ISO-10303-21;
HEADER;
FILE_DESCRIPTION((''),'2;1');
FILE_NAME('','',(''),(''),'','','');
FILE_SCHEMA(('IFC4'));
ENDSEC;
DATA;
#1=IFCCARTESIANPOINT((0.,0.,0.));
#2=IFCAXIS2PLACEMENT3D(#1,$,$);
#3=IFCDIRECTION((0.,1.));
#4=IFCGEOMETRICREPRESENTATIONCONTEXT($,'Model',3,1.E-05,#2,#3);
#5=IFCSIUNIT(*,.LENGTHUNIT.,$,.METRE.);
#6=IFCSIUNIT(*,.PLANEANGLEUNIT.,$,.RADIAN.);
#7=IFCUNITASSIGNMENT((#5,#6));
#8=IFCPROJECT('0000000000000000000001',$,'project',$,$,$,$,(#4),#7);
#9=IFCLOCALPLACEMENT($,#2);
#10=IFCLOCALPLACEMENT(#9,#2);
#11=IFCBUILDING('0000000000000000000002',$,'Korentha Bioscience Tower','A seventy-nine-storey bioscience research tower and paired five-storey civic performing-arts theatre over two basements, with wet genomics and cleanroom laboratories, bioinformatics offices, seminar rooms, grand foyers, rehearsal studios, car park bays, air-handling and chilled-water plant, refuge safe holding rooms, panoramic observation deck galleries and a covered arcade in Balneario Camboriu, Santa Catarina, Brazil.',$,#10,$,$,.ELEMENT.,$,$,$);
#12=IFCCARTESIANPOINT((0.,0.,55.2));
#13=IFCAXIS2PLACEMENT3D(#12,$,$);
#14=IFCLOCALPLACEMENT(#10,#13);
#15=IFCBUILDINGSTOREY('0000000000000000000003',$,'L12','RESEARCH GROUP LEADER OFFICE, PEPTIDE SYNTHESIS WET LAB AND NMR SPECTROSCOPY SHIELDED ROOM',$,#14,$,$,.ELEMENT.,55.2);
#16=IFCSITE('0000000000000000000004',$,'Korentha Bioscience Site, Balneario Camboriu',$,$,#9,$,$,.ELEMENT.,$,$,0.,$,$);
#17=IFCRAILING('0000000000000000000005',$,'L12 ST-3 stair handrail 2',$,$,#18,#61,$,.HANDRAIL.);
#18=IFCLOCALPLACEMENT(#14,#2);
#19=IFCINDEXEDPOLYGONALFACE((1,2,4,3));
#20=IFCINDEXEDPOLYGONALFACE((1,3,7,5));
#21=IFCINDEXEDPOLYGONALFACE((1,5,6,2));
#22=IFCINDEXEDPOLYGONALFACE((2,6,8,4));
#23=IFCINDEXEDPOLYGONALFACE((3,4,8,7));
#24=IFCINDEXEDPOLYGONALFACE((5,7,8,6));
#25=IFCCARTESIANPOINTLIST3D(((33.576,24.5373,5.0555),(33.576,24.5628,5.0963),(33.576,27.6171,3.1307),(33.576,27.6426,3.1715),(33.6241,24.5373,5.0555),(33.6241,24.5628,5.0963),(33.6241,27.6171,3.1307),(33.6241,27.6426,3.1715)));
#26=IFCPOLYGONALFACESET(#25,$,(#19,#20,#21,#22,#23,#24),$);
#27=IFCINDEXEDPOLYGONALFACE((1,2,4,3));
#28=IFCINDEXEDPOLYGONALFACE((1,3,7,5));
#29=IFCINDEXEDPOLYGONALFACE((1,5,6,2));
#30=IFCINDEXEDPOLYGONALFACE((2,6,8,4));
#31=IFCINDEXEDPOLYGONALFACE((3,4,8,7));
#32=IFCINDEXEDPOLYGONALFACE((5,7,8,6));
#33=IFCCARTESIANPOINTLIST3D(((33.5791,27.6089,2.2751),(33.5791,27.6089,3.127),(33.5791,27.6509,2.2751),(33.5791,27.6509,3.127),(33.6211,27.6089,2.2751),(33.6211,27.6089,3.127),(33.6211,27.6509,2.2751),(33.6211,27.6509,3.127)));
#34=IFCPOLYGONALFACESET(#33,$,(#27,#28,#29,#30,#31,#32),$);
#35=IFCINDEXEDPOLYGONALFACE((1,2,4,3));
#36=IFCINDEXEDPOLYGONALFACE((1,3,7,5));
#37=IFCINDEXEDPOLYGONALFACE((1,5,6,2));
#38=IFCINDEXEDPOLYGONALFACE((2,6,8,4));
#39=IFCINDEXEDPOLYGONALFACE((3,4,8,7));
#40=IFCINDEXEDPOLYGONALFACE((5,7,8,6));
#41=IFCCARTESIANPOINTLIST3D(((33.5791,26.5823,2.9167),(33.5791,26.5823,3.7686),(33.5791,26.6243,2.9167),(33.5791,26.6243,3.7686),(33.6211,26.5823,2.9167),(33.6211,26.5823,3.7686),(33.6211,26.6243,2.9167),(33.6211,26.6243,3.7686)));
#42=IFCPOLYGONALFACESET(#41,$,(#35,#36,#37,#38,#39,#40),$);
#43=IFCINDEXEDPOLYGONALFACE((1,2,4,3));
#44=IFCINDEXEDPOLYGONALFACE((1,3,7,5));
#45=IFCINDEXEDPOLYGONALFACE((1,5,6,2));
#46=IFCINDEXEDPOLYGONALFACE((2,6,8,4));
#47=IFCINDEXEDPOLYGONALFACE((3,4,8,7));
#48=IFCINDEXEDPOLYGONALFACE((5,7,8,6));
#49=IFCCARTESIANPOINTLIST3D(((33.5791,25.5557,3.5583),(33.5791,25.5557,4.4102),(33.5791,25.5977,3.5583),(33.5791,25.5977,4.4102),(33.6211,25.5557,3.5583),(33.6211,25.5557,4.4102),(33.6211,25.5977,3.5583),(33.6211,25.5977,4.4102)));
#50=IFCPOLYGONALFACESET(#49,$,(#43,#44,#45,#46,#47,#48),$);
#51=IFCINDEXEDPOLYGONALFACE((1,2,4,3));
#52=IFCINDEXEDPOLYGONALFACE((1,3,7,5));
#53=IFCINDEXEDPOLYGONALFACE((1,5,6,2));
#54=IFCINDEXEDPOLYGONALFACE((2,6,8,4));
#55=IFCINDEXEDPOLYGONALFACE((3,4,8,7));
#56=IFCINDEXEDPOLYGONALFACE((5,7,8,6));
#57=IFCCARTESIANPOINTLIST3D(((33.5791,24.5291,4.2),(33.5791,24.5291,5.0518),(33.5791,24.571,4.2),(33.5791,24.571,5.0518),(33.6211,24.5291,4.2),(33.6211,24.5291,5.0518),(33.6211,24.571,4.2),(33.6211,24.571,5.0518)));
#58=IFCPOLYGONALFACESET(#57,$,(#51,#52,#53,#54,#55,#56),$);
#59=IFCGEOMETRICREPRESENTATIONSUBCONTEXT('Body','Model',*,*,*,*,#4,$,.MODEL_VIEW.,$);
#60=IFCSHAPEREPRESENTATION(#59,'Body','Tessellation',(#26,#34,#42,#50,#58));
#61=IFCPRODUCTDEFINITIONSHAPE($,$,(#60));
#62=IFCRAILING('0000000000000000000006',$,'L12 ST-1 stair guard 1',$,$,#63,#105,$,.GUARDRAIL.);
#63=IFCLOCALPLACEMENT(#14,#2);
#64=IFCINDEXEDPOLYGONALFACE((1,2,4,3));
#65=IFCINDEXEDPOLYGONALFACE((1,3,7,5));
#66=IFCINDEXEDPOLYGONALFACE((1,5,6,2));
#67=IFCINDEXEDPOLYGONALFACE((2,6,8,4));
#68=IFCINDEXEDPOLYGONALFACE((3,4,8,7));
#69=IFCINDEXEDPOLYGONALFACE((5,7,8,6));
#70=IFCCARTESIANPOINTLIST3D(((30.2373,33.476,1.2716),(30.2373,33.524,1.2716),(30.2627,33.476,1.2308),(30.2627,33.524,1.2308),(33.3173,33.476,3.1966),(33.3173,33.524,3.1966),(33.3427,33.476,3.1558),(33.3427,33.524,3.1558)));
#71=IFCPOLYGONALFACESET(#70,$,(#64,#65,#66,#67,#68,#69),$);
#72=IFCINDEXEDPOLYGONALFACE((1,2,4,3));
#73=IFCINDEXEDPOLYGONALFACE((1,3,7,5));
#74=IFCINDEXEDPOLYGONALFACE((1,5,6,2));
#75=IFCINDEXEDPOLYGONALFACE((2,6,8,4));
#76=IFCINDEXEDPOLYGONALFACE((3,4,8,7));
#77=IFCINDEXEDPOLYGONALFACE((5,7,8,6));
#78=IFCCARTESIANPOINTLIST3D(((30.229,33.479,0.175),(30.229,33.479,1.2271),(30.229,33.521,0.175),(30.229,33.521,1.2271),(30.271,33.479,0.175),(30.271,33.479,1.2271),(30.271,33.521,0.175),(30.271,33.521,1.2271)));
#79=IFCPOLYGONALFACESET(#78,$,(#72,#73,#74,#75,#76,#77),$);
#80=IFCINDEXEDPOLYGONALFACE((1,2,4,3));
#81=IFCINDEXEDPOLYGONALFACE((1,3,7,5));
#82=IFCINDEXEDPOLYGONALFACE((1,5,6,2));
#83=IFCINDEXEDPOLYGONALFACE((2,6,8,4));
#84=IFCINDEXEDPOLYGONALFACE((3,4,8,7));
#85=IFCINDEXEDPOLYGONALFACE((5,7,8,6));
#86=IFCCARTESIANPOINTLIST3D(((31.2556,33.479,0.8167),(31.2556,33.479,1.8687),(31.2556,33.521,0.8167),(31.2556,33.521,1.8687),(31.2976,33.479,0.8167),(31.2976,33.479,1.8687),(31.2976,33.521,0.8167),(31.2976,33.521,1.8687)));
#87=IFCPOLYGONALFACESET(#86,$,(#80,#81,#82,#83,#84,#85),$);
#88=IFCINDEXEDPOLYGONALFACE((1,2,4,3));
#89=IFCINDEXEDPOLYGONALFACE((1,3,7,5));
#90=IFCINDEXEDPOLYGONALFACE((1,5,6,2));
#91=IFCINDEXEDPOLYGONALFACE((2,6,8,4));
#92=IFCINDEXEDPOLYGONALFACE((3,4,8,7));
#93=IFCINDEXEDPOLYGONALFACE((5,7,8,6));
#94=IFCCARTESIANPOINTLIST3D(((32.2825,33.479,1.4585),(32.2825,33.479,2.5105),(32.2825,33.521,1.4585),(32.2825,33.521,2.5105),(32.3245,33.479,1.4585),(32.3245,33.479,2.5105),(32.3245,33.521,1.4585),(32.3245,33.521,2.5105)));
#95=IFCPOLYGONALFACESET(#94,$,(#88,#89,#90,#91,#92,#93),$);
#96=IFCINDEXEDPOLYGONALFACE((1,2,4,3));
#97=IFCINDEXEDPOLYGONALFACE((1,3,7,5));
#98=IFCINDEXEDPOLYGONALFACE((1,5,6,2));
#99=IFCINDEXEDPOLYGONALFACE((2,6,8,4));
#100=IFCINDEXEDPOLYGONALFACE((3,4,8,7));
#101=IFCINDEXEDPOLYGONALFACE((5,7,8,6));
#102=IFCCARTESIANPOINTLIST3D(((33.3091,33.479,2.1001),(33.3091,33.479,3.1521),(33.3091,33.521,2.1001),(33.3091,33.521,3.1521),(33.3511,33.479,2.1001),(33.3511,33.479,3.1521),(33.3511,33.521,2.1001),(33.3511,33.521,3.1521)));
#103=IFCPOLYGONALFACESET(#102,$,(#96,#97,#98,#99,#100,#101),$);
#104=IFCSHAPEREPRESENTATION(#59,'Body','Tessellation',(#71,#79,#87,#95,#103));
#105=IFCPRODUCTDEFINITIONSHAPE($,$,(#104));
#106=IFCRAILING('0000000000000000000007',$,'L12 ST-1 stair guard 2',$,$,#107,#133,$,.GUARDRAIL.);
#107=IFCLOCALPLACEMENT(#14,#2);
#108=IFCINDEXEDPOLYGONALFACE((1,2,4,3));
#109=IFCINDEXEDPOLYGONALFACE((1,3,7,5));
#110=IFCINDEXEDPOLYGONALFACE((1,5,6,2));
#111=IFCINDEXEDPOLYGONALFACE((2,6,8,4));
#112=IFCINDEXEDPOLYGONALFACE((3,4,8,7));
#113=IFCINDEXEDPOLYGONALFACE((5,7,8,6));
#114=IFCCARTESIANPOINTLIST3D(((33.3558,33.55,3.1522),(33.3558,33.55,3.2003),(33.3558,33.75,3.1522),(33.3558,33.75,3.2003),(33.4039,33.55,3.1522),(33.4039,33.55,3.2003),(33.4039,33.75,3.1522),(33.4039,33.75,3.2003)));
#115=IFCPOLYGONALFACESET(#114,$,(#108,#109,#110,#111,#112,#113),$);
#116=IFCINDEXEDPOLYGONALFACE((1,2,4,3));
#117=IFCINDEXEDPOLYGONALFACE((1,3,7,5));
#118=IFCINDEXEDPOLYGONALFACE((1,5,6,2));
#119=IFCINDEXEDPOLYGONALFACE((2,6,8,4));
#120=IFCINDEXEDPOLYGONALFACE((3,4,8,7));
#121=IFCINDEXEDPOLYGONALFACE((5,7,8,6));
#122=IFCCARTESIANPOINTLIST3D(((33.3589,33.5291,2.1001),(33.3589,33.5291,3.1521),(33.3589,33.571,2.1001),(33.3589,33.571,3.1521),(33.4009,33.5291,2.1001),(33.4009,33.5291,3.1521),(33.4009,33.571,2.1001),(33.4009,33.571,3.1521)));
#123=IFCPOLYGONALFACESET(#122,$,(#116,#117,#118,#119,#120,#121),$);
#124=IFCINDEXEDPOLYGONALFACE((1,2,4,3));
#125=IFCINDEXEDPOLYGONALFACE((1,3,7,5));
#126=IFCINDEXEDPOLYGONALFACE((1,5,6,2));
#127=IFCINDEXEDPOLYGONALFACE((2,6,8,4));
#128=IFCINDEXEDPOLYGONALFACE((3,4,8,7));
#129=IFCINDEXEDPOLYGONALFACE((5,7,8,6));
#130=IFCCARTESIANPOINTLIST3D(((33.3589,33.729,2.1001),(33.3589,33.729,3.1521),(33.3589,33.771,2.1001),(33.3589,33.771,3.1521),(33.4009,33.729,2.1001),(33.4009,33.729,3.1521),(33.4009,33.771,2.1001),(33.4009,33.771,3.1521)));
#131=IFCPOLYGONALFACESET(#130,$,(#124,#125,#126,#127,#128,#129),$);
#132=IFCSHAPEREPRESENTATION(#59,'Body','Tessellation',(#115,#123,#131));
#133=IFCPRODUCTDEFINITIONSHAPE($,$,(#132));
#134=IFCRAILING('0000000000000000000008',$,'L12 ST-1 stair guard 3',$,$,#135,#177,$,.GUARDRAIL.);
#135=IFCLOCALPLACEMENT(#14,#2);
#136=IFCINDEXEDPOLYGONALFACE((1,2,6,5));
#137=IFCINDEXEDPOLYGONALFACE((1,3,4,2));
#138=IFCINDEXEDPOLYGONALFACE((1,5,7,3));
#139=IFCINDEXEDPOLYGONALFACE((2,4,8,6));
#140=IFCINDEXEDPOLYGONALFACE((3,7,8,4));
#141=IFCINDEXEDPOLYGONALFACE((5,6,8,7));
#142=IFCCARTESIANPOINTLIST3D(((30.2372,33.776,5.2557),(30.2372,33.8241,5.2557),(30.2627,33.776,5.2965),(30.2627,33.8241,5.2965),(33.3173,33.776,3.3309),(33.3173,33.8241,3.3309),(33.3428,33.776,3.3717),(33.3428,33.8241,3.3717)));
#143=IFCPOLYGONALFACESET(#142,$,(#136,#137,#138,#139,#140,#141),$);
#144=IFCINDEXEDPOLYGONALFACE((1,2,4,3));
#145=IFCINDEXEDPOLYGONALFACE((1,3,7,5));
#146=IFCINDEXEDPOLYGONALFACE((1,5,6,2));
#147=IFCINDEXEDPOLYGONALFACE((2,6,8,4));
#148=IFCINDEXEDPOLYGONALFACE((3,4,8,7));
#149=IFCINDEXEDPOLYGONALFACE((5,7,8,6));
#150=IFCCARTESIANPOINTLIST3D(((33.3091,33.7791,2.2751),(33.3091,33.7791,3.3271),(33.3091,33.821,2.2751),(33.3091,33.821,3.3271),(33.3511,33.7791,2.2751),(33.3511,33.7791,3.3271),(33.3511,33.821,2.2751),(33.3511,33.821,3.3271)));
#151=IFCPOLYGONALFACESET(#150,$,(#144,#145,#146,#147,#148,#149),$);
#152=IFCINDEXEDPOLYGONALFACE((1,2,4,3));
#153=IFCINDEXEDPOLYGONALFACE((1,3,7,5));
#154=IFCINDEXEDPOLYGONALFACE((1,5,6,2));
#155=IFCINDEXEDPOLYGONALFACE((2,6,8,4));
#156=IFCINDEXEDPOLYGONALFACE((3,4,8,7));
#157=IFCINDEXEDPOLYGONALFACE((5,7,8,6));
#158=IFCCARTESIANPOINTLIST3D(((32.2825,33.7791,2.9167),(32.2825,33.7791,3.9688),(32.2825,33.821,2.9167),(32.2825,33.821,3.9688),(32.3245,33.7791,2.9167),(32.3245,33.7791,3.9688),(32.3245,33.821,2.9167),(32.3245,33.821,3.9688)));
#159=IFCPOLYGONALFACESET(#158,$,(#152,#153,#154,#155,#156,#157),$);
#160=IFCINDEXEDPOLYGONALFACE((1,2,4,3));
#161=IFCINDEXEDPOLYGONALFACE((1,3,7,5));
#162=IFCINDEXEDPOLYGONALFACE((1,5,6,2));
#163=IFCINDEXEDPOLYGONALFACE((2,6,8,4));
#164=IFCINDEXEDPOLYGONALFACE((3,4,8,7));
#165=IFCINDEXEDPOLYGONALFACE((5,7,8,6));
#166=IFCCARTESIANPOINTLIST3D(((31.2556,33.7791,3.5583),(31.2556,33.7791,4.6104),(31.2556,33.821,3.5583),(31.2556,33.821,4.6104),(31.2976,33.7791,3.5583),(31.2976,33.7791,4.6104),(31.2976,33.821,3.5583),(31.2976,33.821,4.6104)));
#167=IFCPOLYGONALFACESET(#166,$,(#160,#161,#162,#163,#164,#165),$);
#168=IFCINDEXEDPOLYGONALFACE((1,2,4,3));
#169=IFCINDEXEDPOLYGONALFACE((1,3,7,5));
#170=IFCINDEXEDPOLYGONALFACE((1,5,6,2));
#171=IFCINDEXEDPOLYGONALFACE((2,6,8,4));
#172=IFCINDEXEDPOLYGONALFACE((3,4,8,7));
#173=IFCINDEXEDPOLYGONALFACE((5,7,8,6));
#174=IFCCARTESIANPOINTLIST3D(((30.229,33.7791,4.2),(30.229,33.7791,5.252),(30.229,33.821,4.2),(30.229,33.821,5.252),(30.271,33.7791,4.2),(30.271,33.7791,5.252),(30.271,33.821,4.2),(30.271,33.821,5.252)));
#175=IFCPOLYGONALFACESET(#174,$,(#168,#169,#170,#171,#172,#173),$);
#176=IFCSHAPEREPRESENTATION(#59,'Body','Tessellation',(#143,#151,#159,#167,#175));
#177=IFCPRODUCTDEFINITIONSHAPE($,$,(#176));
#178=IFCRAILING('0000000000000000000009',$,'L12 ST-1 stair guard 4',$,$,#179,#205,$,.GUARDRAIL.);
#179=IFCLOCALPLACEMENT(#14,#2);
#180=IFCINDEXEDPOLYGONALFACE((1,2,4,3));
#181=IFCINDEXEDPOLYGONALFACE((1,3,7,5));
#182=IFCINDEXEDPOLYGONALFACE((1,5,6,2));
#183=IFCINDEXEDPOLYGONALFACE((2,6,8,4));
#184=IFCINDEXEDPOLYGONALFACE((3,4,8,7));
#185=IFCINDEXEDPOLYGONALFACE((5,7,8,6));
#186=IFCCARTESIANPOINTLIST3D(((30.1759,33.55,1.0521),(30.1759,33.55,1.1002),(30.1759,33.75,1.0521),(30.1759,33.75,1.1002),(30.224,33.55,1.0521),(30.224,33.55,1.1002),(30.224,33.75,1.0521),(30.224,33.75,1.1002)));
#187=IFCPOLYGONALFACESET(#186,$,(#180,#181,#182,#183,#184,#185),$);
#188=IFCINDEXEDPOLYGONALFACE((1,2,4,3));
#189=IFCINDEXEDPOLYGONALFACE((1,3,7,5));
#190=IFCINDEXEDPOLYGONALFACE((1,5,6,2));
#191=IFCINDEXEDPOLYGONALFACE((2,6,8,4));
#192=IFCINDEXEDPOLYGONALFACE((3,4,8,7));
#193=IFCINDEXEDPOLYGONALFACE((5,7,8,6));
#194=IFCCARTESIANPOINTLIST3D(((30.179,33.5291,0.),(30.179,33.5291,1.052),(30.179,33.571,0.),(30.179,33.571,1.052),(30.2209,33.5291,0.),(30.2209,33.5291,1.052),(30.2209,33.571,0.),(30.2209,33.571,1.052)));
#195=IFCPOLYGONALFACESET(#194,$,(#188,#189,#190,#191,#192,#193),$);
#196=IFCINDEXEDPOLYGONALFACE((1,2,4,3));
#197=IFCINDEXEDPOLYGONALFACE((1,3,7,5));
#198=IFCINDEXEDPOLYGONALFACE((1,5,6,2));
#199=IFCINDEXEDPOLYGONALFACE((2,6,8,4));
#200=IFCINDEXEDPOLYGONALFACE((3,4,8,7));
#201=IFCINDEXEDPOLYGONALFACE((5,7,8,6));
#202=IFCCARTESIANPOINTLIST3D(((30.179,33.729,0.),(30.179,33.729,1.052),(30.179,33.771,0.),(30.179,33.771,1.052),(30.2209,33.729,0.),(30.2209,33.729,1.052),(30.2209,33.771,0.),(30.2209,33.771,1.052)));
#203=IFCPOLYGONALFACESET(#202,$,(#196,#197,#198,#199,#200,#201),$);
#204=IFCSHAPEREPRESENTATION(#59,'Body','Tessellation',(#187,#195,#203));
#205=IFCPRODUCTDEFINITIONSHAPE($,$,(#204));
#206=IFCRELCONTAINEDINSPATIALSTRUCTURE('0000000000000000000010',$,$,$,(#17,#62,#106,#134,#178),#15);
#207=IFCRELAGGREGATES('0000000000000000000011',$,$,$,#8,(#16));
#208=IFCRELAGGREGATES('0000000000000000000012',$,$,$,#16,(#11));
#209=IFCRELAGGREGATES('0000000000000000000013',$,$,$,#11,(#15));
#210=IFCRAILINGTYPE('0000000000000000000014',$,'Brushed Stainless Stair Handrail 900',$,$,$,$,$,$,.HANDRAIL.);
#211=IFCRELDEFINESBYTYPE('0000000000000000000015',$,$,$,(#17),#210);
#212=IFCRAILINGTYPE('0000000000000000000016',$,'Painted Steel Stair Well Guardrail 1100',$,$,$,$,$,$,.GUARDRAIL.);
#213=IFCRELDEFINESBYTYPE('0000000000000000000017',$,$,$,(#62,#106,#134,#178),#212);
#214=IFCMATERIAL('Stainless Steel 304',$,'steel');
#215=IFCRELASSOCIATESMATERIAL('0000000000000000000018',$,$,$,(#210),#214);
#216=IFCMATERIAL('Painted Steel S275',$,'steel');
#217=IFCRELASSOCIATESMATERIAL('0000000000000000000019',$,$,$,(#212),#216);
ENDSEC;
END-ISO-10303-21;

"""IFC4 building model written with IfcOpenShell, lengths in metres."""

from ifc_helpers import new_model, si_unit, direction, frame, origin, origin_2d, place, context, subcontext, project, spatial, rectangle, extrude, material, type_object, element, save


model = new_model("IFC4")

# Units and contexts
model_context = context("Model", 3, precision=1e-05, world=origin(), true_north=direction((0.0, 1.0)))
body_context = subcontext(model_context, "Body", "Model", "MODEL_VIEW")
ifc_project = project(units=[si_unit("LENGTHUNIT", "METRE"), si_unit("PLANEANGLEUNIT", "RADIAN")], contexts=[model_context])

# Site, building, storey
site_placement = place(None, origin())
site = spatial("IfcSite", under=ifc_project, at=site_placement, Name="Korentha Bioscience Site, Balneario Camboriu", CompositionType="ELEMENT", RefElevation=0.0)
building_placement = place(site_placement, origin())
building = spatial("IfcBuilding", under=site, at=building_placement, Name="Korentha Bioscience Tower", Description="A seventy-nine-storey bioscience research tower and paired five-storey civic performing-arts theatre over two basements, with wet genomics and cleanroom laboratories, bioinformatics offices, seminar rooms, grand foyers, rehearsal studios, car park bays, air-handling and chilled-water plant, refuge safe holding rooms, panoramic observation deck galleries and a covered arcade in Balneario Camboriu, Santa Catarina, Brazil.", CompositionType="ELEMENT")
storey_placement = place(building_placement, frame((0.0, 0.0, 55.2)))
storey = spatial("IfcBuildingStorey", under=building, at=storey_placement, Name="L12", Description="RESEARCH GROUP LEADER OFFICE, PEPTIDE SYNTHESIS WET LAB AND NMR SPECTROSCOPY SHIELDED ROOM", CompositionType="ELEMENT", Elevation=55.2)

# Railings
ifc_material_1 = material(Name="Stainless Steel 304", Category="steel")
railing_type_1 = type_object("IfcRailingType", Name="Brushed Stainless Stair Handrail 900", PredefinedType="HANDRAIL", material=ifc_material_1)
railing_1_placement = place(storey_placement, frame((33.6001, 27.6299, 2.2751)))
element("IfcRailing", 1, at=railing_1_placement, inside=storey, type_object=railing_type_1, Name="L12 ST-3 stair handrail 2", PredefinedType="HANDRAIL", context=body_context, shape_type="SweptSolid", body=[
    extrude(rectangle(XDim=0.0481, YDim=0.0481, at=origin_2d()), frame((0.0, 0.0, 0.876), z_axis=(0.0, -0.84801, 0.529981), x_axis=(1.0, 0.0, 0.0)), (0.0, 0.0, 1.0), 3.6318),
    extrude(rectangle(XDim=0.042, YDim=0.042, at=origin_2d()), origin(), (0.0, 0.0, 1.0), 0.8518),
    extrude(rectangle(XDim=0.042, YDim=0.042, at=origin_2d()), frame((0.0, -1.0266, 0.6416)), (0.0, 0.0, 1.0), 0.8518),
    extrude(rectangle(XDim=0.042, YDim=0.042, at=origin_2d()), frame((0.0, -2.0532, 1.2832)), (0.0, 0.0, 1.0), 0.8518),
    extrude(rectangle(XDim=0.042, YDim=0.042, at=origin_2d()), frame((0.0, -3.0798, 1.9248)), (0.0, 0.0, 1.0), 0.8518),
])
ifc_material_2 = material(Name="Painted Steel S275", Category="steel")
railing_type_2 = type_object("IfcRailingType", Name="Painted Steel Stair Well Guardrail 1100", PredefinedType="GUARDRAIL", material=ifc_material_2)
railing_2_placement = place(storey_placement, frame((30.25, 33.5, 0.175)))
element("IfcRailing", 2, at=railing_2_placement, inside=storey, type_object=railing_type_2, Name="L12 ST-1 stair guard 1", PredefinedType="GUARDRAIL", context=body_context, shape_type="SweptSolid", body=[
    extrude(rectangle(XDim=0.0481, YDim=0.0481, at=origin_2d()), frame((0.0, 0.0, 1.0762), z_axis=(0.847998, 0.0, 0.529999), x_axis=(0.0, 1.0, 0.0)), (0.0, 0.0, 1.0), 3.6321),
    extrude(rectangle(XDim=0.042, YDim=0.042, at=origin_2d()), origin(), (0.0, 0.0, 1.0), 1.052),
    extrude(rectangle(XDim=0.042, YDim=0.042, at=origin_2d()), frame((1.0266, 0.0, 0.6416)), (0.0, 0.0, 1.0), 1.052),
    extrude(rectangle(XDim=0.042, YDim=0.042, at=origin_2d()), frame((2.0535, 0.0, 1.2834)), (0.0, 0.0, 1.0), 1.052),
    extrude(rectangle(XDim=0.042, YDim=0.042, at=origin_2d()), frame((3.0801, 0.0, 1.925)), (0.0, 0.0, 1.0), 1.052),
])
railing_3_placement = place(storey_placement, frame((33.3799, 33.55, 2.1001)))
element("IfcRailing", 3, at=railing_3_placement, inside=storey, type_object=railing_type_2, Name="L12 ST-1 stair guard 2", PredefinedType="GUARDRAIL", context=body_context, shape_type="SweptSolid", body=[
    extrude(rectangle(XDim=0.0481, YDim=0.0481, at=origin_2d()), frame((0.0, 0.0, 1.0762), z_axis=(0.0, 1.0, 0.0), x_axis=(-1.0, 0.0, 0.0)), (0.0, 0.0, 1.0), 0.2),
    extrude(rectangle(XDim=0.042, YDim=0.042, at=origin_2d()), origin(), (0.0, 0.0, 1.0), 1.052),
    extrude(rectangle(XDim=0.042, YDim=0.042, at=origin_2d()), frame((0.0, 0.2, 0.0)), (0.0, 0.0, 1.0), 1.052),
])
railing_4_placement = place(storey_placement, frame((33.3301, 33.8, 2.2751)))
element("IfcRailing", 4, at=railing_4_placement, inside=storey, type_object=railing_type_2, Name="L12 ST-1 stair guard 3", PredefinedType="GUARDRAIL", context=body_context, shape_type="SweptSolid", body=[
    extrude(rectangle(XDim=0.0481, YDim=0.0481, at=origin_2d()), frame((0.0, 0.0, 1.0762), z_axis=(-0.848029, 0.0, 0.529951), x_axis=(0.0, -1.0, 0.0)), (0.0, 0.0, 1.0), 3.6321),
    extrude(rectangle(XDim=0.042, YDim=0.042, at=origin_2d()), origin(), (0.0, 0.0, 1.0), 1.052),
    extrude(rectangle(XDim=0.042, YDim=0.042, at=origin_2d()), frame((-1.0266, 0.0, 0.6416)), (0.0, 0.0, 1.0), 1.052),
    extrude(rectangle(XDim=0.042, YDim=0.042, at=origin_2d()), frame((-2.0535, 0.0, 1.2832)), (0.0, 0.0, 1.0), 1.052),
    extrude(rectangle(XDim=0.042, YDim=0.042, at=origin_2d()), frame((-3.0801, 0.0, 1.9248)), (0.0, 0.0, 1.0), 1.052),
])
railing_5_placement = place(storey_placement, frame((30.2, 33.55, 0.0)))
element("IfcRailing", 5, at=railing_5_placement, inside=storey, type_object=railing_type_2, Name="L12 ST-1 stair guard 4", PredefinedType="GUARDRAIL", context=body_context, shape_type="SweptSolid", body=[
    extrude(rectangle(XDim=0.0481, YDim=0.0481, at=origin_2d()), frame((0.0, 0.0, 1.0762), z_axis=(0.0, 1.0, 0.0), x_axis=(-1.0, 0.0, 0.0)), (0.0, 0.0, 1.0), 0.2),
    extrude(rectangle(XDim=0.042, YDim=0.042, at=origin_2d()), origin(), (0.0, 0.0, 1.0), 1.052),
    extrude(rectangle(XDim=0.042, YDim=0.042, at=origin_2d()), frame((0.0, 0.2, 0.0)), (0.0, 0.0, 1.0), 1.052),
])

save(model, "model.ifc")
